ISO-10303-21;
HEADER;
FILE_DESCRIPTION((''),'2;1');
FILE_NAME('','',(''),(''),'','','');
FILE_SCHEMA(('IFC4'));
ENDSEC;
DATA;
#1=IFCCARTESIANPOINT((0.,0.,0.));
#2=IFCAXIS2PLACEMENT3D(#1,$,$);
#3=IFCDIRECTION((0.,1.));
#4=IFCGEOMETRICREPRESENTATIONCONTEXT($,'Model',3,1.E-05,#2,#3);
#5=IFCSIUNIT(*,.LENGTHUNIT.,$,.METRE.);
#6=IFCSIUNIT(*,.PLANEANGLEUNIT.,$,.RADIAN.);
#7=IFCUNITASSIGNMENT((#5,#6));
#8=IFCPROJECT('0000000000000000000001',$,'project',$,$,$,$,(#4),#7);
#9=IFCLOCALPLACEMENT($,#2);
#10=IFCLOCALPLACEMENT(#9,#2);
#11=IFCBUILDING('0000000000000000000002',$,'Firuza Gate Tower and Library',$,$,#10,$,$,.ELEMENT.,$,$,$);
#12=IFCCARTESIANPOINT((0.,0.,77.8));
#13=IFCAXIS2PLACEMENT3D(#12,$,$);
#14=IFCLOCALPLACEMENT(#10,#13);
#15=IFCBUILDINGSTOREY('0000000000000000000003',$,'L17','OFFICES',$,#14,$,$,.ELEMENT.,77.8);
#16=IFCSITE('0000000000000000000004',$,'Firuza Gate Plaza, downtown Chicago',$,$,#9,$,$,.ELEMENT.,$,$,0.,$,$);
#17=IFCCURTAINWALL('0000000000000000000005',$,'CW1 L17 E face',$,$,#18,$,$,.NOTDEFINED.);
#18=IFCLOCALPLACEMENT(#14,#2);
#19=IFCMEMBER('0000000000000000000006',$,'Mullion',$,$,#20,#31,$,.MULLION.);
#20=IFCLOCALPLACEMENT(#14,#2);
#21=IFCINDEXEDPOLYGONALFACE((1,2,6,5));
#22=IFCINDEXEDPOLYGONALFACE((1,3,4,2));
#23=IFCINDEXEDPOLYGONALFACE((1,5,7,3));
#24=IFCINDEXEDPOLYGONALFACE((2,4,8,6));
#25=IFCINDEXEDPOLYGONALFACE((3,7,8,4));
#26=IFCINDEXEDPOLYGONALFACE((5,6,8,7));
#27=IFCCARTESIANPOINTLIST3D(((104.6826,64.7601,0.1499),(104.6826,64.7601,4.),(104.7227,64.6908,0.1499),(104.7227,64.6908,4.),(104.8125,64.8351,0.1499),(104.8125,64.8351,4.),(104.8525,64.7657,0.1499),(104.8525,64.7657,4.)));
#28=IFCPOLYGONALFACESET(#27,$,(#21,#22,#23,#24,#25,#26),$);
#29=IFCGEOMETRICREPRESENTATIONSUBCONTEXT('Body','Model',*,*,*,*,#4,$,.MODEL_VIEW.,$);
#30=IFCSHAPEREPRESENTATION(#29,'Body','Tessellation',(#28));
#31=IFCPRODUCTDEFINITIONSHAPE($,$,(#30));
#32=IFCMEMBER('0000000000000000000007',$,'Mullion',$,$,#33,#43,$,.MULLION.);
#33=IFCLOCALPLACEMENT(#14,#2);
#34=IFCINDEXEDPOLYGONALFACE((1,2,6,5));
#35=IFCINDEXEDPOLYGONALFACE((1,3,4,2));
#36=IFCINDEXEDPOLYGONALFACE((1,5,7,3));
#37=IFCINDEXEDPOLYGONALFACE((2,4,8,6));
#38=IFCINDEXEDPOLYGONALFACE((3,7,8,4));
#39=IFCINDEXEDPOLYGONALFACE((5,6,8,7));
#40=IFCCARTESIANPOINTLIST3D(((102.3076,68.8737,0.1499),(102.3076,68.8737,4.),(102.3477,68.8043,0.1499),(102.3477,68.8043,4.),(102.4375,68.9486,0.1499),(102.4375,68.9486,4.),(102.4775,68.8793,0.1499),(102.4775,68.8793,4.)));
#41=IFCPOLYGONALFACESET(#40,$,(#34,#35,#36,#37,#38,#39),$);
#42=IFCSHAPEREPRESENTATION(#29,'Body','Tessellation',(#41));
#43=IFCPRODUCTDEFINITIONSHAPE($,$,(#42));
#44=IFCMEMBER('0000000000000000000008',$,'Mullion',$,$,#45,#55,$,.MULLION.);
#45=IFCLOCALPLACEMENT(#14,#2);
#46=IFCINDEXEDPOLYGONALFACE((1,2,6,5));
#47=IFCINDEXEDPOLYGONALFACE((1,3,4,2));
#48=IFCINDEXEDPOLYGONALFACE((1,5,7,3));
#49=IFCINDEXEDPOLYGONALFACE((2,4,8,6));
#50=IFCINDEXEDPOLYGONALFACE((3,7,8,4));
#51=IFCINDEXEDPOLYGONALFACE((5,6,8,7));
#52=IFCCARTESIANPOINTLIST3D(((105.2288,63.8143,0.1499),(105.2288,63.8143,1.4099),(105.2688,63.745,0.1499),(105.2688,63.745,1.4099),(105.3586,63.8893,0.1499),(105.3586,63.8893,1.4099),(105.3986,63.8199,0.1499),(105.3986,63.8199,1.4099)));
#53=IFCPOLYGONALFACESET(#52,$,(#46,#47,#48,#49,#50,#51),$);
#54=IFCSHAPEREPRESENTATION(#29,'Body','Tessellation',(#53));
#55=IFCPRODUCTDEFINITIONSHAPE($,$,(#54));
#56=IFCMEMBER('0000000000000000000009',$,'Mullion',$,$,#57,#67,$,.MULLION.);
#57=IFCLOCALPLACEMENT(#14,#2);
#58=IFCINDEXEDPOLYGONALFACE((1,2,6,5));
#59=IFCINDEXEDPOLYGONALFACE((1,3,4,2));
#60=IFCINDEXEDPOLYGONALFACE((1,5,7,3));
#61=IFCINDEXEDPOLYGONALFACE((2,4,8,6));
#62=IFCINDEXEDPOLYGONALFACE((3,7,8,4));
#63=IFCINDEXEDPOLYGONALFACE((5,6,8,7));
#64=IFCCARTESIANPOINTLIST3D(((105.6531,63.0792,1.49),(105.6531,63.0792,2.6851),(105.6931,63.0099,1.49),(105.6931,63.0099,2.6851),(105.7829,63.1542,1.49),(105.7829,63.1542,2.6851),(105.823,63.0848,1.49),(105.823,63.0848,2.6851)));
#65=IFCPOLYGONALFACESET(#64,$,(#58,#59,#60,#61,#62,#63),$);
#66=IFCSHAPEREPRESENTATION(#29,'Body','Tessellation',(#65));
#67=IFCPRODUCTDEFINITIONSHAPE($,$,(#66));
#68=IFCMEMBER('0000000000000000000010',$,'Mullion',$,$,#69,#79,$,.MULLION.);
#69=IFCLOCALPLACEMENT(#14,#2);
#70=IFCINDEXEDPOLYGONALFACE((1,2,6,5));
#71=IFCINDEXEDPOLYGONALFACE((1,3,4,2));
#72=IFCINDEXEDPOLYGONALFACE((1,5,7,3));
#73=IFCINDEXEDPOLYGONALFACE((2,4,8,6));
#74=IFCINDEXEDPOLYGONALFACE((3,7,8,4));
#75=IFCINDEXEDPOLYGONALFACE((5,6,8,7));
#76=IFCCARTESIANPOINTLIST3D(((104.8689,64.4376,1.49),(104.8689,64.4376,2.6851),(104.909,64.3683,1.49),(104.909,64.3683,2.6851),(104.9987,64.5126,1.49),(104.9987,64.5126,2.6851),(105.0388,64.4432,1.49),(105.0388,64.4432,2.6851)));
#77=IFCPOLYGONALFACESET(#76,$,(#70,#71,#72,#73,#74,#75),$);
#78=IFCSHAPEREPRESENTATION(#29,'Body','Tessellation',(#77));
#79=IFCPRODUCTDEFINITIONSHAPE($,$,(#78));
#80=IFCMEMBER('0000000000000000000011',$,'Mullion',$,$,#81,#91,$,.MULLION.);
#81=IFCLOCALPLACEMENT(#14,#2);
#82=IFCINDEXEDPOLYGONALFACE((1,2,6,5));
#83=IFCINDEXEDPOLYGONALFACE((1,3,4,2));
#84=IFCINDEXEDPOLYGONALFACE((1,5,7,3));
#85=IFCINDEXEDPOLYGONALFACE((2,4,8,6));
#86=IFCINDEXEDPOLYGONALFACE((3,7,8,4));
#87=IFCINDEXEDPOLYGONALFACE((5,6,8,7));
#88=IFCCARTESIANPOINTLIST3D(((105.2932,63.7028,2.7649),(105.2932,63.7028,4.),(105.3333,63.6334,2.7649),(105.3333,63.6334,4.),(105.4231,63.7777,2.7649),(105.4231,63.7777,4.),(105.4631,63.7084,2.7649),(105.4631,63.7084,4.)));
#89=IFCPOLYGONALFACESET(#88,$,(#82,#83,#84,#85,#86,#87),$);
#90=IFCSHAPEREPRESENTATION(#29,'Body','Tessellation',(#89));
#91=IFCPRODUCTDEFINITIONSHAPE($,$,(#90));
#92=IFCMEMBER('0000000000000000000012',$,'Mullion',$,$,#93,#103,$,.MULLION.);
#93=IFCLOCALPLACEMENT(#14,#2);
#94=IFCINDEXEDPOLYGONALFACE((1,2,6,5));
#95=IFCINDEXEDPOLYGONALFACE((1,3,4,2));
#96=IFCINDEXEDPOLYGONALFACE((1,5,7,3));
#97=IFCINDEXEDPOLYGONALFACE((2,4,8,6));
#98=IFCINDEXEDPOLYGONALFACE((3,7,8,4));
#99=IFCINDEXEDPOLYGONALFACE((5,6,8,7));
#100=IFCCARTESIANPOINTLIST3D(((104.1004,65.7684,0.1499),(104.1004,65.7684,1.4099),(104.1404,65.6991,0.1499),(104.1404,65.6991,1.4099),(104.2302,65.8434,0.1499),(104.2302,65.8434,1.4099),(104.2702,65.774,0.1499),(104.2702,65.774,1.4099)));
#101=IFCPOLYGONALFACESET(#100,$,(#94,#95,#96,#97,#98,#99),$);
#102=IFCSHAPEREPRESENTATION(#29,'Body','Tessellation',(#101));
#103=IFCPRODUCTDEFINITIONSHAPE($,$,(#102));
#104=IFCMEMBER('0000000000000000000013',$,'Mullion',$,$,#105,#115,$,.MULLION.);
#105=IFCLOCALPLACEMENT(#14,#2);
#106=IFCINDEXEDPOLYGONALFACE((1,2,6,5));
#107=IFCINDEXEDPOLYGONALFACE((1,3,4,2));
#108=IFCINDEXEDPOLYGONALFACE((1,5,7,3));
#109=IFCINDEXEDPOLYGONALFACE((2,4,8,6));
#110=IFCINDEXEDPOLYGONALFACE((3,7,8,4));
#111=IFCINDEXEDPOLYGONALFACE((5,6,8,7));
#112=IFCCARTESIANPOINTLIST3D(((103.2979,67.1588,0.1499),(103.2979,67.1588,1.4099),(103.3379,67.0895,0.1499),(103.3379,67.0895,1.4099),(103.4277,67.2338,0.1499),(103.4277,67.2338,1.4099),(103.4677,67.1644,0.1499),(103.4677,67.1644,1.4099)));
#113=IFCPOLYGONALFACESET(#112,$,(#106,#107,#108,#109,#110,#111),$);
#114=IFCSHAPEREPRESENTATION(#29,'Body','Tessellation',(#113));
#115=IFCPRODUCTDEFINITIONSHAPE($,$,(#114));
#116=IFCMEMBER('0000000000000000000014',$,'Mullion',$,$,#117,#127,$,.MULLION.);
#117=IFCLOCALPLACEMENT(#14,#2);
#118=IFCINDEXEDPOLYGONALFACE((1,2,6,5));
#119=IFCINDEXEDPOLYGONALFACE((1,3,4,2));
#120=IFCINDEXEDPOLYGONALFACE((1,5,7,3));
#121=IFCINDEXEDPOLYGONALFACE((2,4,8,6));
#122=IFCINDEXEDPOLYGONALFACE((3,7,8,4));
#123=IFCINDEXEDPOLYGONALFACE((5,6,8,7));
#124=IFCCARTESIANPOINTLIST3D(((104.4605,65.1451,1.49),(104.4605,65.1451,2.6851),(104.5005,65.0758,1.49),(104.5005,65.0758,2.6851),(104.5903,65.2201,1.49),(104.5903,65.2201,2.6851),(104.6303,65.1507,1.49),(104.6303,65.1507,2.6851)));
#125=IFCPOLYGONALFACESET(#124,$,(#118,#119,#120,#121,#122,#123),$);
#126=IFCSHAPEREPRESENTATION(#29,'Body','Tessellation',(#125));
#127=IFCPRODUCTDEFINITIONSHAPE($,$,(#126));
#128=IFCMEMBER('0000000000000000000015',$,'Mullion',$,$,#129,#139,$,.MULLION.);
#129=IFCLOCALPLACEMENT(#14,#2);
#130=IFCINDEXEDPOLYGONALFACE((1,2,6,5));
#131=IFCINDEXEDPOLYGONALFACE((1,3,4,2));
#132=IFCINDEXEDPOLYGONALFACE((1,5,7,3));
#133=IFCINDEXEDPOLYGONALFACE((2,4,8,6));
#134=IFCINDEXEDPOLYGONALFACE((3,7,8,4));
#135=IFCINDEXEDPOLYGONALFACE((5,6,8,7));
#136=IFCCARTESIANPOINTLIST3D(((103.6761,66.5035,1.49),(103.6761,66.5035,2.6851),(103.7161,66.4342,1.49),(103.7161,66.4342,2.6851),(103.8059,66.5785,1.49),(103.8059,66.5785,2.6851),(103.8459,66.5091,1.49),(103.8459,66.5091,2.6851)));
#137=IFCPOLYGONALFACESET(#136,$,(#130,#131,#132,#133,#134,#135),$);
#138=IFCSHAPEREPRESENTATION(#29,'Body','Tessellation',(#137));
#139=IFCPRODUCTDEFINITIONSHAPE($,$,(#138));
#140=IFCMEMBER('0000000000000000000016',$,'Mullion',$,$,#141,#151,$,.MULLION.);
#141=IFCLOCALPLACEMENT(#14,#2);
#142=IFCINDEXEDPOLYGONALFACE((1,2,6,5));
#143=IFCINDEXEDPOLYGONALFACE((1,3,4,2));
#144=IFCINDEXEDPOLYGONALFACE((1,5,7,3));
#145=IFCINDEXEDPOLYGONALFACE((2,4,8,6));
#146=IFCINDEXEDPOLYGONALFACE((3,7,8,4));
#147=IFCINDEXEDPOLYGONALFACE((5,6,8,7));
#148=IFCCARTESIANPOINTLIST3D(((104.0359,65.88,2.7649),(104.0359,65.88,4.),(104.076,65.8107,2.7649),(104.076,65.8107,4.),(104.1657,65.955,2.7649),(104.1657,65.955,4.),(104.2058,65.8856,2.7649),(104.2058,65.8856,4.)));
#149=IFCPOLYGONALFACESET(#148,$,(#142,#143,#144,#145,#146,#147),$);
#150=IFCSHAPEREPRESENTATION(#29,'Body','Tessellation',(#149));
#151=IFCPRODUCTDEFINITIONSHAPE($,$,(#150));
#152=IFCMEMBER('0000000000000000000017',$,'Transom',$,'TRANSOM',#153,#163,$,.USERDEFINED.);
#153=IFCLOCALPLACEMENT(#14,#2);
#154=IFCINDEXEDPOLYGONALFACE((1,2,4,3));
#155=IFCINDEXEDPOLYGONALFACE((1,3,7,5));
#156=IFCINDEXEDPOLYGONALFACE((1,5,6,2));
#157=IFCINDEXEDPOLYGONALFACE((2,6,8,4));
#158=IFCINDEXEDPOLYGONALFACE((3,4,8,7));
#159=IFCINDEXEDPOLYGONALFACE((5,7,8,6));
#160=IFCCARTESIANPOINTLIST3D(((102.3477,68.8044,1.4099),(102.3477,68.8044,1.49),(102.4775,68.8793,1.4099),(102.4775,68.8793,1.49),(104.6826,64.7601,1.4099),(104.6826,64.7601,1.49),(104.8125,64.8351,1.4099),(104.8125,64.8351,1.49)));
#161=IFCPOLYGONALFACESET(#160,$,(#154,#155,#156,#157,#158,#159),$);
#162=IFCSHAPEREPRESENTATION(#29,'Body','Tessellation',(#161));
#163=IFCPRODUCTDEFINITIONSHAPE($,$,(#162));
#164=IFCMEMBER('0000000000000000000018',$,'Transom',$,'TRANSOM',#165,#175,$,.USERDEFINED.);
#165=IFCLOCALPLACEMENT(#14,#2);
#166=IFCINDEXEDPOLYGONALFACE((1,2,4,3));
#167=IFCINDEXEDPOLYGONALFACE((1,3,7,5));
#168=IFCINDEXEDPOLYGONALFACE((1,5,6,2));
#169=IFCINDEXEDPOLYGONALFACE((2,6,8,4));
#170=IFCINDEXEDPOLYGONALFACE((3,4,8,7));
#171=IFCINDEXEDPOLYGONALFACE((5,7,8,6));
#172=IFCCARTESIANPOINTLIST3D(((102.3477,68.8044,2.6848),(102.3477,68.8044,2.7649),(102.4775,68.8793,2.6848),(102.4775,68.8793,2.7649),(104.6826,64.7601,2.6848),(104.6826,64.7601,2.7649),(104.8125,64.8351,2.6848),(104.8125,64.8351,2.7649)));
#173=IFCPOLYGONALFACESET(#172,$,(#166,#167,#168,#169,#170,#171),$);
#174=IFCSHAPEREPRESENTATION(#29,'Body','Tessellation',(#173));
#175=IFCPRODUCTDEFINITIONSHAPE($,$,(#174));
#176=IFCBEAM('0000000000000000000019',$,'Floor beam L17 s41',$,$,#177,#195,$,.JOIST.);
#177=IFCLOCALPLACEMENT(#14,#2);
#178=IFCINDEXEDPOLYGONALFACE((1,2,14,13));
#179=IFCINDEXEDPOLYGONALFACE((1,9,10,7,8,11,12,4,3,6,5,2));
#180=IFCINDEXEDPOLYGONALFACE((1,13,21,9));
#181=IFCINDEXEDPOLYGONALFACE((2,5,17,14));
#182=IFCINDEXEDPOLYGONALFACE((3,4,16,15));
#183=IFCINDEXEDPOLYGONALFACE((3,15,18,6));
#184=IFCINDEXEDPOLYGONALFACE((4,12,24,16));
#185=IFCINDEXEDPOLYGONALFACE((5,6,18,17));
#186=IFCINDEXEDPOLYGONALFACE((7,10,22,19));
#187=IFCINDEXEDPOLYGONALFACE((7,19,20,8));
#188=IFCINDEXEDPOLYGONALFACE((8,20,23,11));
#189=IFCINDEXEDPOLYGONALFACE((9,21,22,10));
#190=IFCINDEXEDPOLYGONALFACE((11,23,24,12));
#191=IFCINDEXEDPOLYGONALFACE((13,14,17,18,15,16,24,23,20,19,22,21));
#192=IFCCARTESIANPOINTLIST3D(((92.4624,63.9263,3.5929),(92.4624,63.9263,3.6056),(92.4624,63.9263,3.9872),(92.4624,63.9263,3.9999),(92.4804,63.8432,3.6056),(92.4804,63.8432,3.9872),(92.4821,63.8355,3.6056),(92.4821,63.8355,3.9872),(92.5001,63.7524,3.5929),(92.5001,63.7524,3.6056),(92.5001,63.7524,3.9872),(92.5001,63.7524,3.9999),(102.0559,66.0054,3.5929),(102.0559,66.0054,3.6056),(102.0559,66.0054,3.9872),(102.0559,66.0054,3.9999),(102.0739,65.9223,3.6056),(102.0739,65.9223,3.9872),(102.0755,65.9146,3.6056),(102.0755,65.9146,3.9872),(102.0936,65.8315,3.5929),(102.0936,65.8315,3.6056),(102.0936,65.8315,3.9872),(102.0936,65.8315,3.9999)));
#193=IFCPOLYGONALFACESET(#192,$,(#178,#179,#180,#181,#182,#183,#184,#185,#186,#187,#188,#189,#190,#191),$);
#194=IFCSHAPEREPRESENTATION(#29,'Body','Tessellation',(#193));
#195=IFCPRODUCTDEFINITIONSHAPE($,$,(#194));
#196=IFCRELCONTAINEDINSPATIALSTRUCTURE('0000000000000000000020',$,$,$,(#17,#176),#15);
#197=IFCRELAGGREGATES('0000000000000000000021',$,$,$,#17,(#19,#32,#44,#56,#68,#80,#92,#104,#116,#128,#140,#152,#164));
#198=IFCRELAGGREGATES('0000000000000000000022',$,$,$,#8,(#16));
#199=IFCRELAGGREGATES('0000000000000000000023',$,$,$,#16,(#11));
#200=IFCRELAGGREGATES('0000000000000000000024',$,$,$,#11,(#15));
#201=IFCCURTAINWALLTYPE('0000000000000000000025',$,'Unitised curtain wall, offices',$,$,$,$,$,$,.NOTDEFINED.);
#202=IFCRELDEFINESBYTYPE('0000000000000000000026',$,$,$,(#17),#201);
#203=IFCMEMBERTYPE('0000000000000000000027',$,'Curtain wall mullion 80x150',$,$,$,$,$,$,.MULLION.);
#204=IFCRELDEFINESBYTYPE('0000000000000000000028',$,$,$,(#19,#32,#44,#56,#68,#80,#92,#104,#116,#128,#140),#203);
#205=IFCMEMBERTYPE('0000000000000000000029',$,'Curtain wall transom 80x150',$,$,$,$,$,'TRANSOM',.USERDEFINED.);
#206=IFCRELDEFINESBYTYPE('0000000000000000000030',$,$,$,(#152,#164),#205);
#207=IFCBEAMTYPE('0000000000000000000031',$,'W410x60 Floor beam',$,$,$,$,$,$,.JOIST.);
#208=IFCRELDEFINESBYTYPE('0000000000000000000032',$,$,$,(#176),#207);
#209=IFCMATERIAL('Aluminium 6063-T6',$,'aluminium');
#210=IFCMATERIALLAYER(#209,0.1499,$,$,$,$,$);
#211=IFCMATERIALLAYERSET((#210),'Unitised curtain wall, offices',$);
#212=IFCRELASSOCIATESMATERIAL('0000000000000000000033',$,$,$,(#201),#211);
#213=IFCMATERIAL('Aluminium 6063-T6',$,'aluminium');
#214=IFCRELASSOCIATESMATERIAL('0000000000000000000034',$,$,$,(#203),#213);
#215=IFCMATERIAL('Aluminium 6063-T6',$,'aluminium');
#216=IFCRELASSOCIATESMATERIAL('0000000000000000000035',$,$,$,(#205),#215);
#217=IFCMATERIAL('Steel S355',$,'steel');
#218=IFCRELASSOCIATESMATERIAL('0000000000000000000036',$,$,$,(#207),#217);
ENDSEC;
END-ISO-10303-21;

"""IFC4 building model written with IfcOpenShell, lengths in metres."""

from ifc_helpers import new_model, si_unit, direction, frame, origin, origin_2d, place, context, subcontext, project, spatial, rectangle, i_section, extrude, material, layer, layer_set, material_profile, profile_set, type_object, element, aggregate, save


model = new_model("IFC4")

# Units and contexts
model_context = context("Model", 3, precision=1e-05, world=origin(), true_north=direction((0.0, 1.0)))
body_context = subcontext(model_context, "Body", "Model", "MODEL_VIEW")
ifc_project = project(units=[si_unit("LENGTHUNIT", "METRE"), si_unit("PLANEANGLEUNIT", "RADIAN")], contexts=[model_context])

# Site, building, storey
site_placement = place(None, origin())
site = spatial("IfcSite", under=ifc_project, at=site_placement, Name="Firuza Gate Plaza, downtown Chicago", CompositionType="ELEMENT", RefElevation=0.0)
building_placement = place(site_placement, origin())
building = spatial("IfcBuilding", under=site, at=building_placement, Name="Firuza Gate Tower and Library", CompositionType="ELEMENT")
storey_placement = place(building_placement, frame((0.0, 0.0, 77.8)))
storey = spatial("IfcBuildingStorey", under=building, at=storey_placement, Name="L17", Description="OFFICES", CompositionType="ELEMENT", Elevation=77.8)

# Curtain wall, members
ifc_material_1 = material(Name="Aluminium 6063-T6", Category="aluminium")
ifc_layer_1 = layer(ifc_material_1, 0.1499)
ifc_layer_set_1 = layer_set([ifc_layer_1], Name="Unitised curtain wall, offices")
curtain_wall_type = type_object("IfcCurtainWallType", Name="Unitised curtain wall, offices", PredefinedType="NOTDEFINED", material=ifc_layer_set_1)
curtain_wall_placement = place(storey_placement, origin())
curtain_wall = element("IfcCurtainWall", 1, at=curtain_wall_placement, inside=storey, type_object=curtain_wall_type, Name="CW1 L17 E face", PredefinedType="NOTDEFINED")
ifc_material_2 = material(Name="Aluminium 6063-T6", Category="aluminium")
ifc_material_profile_1 = material_profile(ifc_material_2, rectangle(XDim=0.1499, YDim=0.0801, at=origin_2d()))
ifc_profile_set_1 = profile_set([ifc_material_profile_1], Name="Aluminium 6063-T6")
member_type_1 = type_object("IfcMemberType", Name="Curtain wall mullion 80x150", PredefinedType="MULLION", material=ifc_profile_set_1)
member_1_placement = place(storey_placement, frame((104.7676, 64.7629, 0.1499), z_axis=(0.0, 0.0, 1.0), x_axis=(-0.866025, -0.5, 0.0)))
member_1 = element("IfcMember", 2, at=member_1_placement, type_object=member_type_1, Name="Mullion", PredefinedType="MULLION", context=body_context, shape_type="SweptSolid", body=[
    extrude(rectangle(XDim=0.1499, YDim=0.0801, at=origin_2d()), origin(), (0.0, 0.0, 1.0), 3.8501),
])
member_2_placement = place(storey_placement, frame((102.3926, 68.8765, 0.1499), z_axis=(0.0, 0.0, 1.0), x_axis=(-0.866025, -0.5, 0.0)))
member_2 = element("IfcMember", 3, at=member_2_placement, type_object=member_type_1, Name="Mullion", PredefinedType="MULLION", context=body_context, shape_type="SweptSolid", body=[
    extrude(rectangle(XDim=0.1499, YDim=0.0801, at=origin_2d()), origin(), (0.0, 0.0, 1.0), 3.8501),
])
member_3_placement = place(storey_placement, frame((105.3137, 63.8171, 0.1499), z_axis=(0.0, 0.0, 1.0), x_axis=(-0.866025, -0.5, 0.0)))
member_3 = element("IfcMember", 4, at=member_3_placement, type_object=member_type_1, Name="Mullion", PredefinedType="MULLION", context=body_context, shape_type="SweptSolid", body=[
    extrude(rectangle(XDim=0.1499, YDim=0.0801, at=origin_2d()), origin(), (0.0, 0.0, 1.0), 1.26),
])
member_4_placement = place(storey_placement, frame((105.738, 63.082, 1.49), z_axis=(0.0, 0.0, 1.0), x_axis=(-0.866025, -0.5, 0.0)))
member_4 = element("IfcMember", 5, at=member_4_placement, type_object=member_type_1, Name="Mullion", PredefinedType="MULLION", context=body_context, shape_type="SweptSolid", body=[
    extrude(rectangle(XDim=0.1499, YDim=0.0801, at=origin_2d()), origin(), (0.0, 0.0, 1.0), 1.1951),
])
member_5_placement = place(storey_placement, frame((104.9539, 64.4404, 1.49), z_axis=(0.0, 0.0, 1.0), x_axis=(-0.866025, -0.5, 0.0)))
member_5 = element("IfcMember", 6, at=member_5_placement, type_object=member_type_1, Name="Mullion", PredefinedType="MULLION", context=body_context, shape_type="SweptSolid", body=[
    extrude(rectangle(XDim=0.1499, YDim=0.0801, at=origin_2d()), origin(), (0.0, 0.0, 1.0), 1.1951),
])
member_6_placement = place(storey_placement, frame((105.3782, 63.7056, 2.7649), z_axis=(0.0, 0.0, 1.0), x_axis=(-0.866025, -0.5, 0.0)))
member_6 = element("IfcMember", 7, at=member_6_placement, type_object=member_type_1, Name="Mullion", PredefinedType="MULLION", context=body_context, shape_type="SweptSolid", body=[
    extrude(rectangle(XDim=0.1499, YDim=0.0801, at=origin_2d()), origin(), (0.0, 0.0, 1.0), 1.2351),
])
member_7_placement = place(storey_placement, frame((104.1853, 65.7712, 0.1499), z_axis=(0.0, 0.0, 1.0), x_axis=(-0.866025, -0.5, 0.0)))
member_7 = element("IfcMember", 8, at=member_7_placement, type_object=member_type_1, Name="Mullion", PredefinedType="MULLION", context=body_context, shape_type="SweptSolid", body=[
    extrude(rectangle(XDim=0.1499, YDim=0.0801, at=origin_2d()), origin(), (0.0, 0.0, 1.0), 1.26),
])
member_8_placement = place(storey_placement, frame((103.3828, 67.1616, 0.1499), z_axis=(0.0, 0.0, 1.0), x_axis=(-0.866025, -0.5, 0.0)))
member_8 = element("IfcMember", 9, at=member_8_placement, type_object=member_type_1, Name="Mullion", PredefinedType="MULLION", context=body_context, shape_type="SweptSolid", body=[
    extrude(rectangle(XDim=0.1499, YDim=0.0801, at=origin_2d()), origin(), (0.0, 0.0, 1.0), 1.26),
])
member_9_placement = place(storey_placement, frame((104.5454, 65.1479, 1.49), z_axis=(0.0, 0.0, 1.0), x_axis=(-0.866025, -0.5, 0.0)))
member_9 = element("IfcMember", 10, at=member_9_placement, type_object=member_type_1, Name="Mullion", PredefinedType="MULLION", context=body_context, shape_type="SweptSolid", body=[
    extrude(rectangle(XDim=0.1499, YDim=0.0801, at=origin_2d()), origin(), (0.0, 0.0, 1.0), 1.1951),
])
member_10_placement = place(storey_placement, frame((103.761, 66.5063, 1.49), z_axis=(0.0, 0.0, 1.0), x_axis=(-0.866025, -0.5, 0.0)))
member_10 = element("IfcMember", 11, at=member_10_placement, type_object=member_type_1, Name="Mullion", PredefinedType="MULLION", context=body_context, shape_type="SweptSolid", body=[
    extrude(rectangle(XDim=0.1499, YDim=0.0801, at=origin_2d()), origin(), (0.0, 0.0, 1.0), 1.1951),
])
member_11_placement = place(storey_placement, frame((104.1208, 65.8828, 2.7649), z_axis=(0.0, 0.0, 1.0), x_axis=(-0.866025, -0.5, 0.0)))
member_11 = element("IfcMember", 12, at=member_11_placement, type_object=member_type_1, Name="Mullion", PredefinedType="MULLION", context=body_context, shape_type="SweptSolid", body=[
    extrude(rectangle(XDim=0.1499, YDim=0.0801, at=origin_2d()), origin(), (0.0, 0.0, 1.0), 1.2351),
])
ifc_material_3 = material(Name="Aluminium 6063-T6", Category="aluminium")
ifc_material_profile_2 = material_profile(ifc_material_3, rectangle(XDim=0.1499, YDim=0.0801, at=origin_2d()))
ifc_profile_set_2 = profile_set([ifc_material_profile_2], Name="Aluminium 6063-T6")
member_type_2 = type_object("IfcMemberType", Name="Curtain wall transom 80x150", ElementType="TRANSOM", PredefinedType="USERDEFINED", material=ifc_profile_set_2)
member_12_placement = place(storey_placement, frame((104.7476, 64.7976, 1.45), z_axis=(-0.500008, 0.866021, 0.0), x_axis=(-0.866021, -0.500008, 0.0)))
member_12 = element("IfcMember", 13, at=member_12_placement, type_object=member_type_2, Name="Transom", ObjectType="TRANSOM", PredefinedType="USERDEFINED", context=body_context, shape_type="SweptSolid", body=[
    extrude(rectangle(XDim=0.1499, YDim=0.0801, at=origin_2d()), origin(), (0.0, 0.0, 1.0), 4.6699),
])
member_13_placement = place(storey_placement, frame((104.7476, 64.7976, 2.7249), z_axis=(-0.500008, 0.866021, 0.0), x_axis=(-0.866021, -0.500008, 0.0)))
member_13 = element("IfcMember", 14, at=member_13_placement, type_object=member_type_2, Name="Transom", ObjectType="TRANSOM", PredefinedType="USERDEFINED", context=body_context, shape_type="SweptSolid", body=[
    extrude(rectangle(XDim=0.1499, YDim=0.0801, at=origin_2d()), origin(), (0.0, 0.0, 1.0), 4.6699),
])

# Beam
ifc_material_4 = material(Name="Steel S355", Category="steel")
ifc_material_profile_3 = material_profile(ifc_material_4, i_section(OverallWidth=0.178, OverallDepth=0.407, WebThickness=0.0078, FlangeThickness=0.0127, at=origin_2d()))
ifc_profile_set_3 = profile_set([ifc_material_profile_3], Name="Steel S355")
beam_type = type_object("IfcBeamType", Name="W410x60 Floor beam", PredefinedType="JOIST", material=ifc_profile_set_3)
beam_placement = place(storey_placement, frame((102.0747, 65.9185, 3.7964), z_axis=(-0.977312, -0.211803, 0.0), x_axis=(0.211803, -0.977312, 0.0)))
element("IfcBeam", 15, at=beam_placement, inside=storey, type_object=beam_type, Name="Floor beam L17 s41", PredefinedType="JOIST", context=body_context, shape_type="SweptSolid", body=[
    extrude(i_section(OverallWidth=0.178, OverallDepth=0.407, WebThickness=0.0078, FlangeThickness=0.0127, at=origin_2d()), origin(), (0.0, 0.0, 1.0), 9.8162),
])

aggregate(curtain_wall, [member_1, member_2, member_3, member_4, member_5, member_6, member_7, member_8, member_9, member_10, member_11, member_12, member_13])

save(model, "model.ifc")
